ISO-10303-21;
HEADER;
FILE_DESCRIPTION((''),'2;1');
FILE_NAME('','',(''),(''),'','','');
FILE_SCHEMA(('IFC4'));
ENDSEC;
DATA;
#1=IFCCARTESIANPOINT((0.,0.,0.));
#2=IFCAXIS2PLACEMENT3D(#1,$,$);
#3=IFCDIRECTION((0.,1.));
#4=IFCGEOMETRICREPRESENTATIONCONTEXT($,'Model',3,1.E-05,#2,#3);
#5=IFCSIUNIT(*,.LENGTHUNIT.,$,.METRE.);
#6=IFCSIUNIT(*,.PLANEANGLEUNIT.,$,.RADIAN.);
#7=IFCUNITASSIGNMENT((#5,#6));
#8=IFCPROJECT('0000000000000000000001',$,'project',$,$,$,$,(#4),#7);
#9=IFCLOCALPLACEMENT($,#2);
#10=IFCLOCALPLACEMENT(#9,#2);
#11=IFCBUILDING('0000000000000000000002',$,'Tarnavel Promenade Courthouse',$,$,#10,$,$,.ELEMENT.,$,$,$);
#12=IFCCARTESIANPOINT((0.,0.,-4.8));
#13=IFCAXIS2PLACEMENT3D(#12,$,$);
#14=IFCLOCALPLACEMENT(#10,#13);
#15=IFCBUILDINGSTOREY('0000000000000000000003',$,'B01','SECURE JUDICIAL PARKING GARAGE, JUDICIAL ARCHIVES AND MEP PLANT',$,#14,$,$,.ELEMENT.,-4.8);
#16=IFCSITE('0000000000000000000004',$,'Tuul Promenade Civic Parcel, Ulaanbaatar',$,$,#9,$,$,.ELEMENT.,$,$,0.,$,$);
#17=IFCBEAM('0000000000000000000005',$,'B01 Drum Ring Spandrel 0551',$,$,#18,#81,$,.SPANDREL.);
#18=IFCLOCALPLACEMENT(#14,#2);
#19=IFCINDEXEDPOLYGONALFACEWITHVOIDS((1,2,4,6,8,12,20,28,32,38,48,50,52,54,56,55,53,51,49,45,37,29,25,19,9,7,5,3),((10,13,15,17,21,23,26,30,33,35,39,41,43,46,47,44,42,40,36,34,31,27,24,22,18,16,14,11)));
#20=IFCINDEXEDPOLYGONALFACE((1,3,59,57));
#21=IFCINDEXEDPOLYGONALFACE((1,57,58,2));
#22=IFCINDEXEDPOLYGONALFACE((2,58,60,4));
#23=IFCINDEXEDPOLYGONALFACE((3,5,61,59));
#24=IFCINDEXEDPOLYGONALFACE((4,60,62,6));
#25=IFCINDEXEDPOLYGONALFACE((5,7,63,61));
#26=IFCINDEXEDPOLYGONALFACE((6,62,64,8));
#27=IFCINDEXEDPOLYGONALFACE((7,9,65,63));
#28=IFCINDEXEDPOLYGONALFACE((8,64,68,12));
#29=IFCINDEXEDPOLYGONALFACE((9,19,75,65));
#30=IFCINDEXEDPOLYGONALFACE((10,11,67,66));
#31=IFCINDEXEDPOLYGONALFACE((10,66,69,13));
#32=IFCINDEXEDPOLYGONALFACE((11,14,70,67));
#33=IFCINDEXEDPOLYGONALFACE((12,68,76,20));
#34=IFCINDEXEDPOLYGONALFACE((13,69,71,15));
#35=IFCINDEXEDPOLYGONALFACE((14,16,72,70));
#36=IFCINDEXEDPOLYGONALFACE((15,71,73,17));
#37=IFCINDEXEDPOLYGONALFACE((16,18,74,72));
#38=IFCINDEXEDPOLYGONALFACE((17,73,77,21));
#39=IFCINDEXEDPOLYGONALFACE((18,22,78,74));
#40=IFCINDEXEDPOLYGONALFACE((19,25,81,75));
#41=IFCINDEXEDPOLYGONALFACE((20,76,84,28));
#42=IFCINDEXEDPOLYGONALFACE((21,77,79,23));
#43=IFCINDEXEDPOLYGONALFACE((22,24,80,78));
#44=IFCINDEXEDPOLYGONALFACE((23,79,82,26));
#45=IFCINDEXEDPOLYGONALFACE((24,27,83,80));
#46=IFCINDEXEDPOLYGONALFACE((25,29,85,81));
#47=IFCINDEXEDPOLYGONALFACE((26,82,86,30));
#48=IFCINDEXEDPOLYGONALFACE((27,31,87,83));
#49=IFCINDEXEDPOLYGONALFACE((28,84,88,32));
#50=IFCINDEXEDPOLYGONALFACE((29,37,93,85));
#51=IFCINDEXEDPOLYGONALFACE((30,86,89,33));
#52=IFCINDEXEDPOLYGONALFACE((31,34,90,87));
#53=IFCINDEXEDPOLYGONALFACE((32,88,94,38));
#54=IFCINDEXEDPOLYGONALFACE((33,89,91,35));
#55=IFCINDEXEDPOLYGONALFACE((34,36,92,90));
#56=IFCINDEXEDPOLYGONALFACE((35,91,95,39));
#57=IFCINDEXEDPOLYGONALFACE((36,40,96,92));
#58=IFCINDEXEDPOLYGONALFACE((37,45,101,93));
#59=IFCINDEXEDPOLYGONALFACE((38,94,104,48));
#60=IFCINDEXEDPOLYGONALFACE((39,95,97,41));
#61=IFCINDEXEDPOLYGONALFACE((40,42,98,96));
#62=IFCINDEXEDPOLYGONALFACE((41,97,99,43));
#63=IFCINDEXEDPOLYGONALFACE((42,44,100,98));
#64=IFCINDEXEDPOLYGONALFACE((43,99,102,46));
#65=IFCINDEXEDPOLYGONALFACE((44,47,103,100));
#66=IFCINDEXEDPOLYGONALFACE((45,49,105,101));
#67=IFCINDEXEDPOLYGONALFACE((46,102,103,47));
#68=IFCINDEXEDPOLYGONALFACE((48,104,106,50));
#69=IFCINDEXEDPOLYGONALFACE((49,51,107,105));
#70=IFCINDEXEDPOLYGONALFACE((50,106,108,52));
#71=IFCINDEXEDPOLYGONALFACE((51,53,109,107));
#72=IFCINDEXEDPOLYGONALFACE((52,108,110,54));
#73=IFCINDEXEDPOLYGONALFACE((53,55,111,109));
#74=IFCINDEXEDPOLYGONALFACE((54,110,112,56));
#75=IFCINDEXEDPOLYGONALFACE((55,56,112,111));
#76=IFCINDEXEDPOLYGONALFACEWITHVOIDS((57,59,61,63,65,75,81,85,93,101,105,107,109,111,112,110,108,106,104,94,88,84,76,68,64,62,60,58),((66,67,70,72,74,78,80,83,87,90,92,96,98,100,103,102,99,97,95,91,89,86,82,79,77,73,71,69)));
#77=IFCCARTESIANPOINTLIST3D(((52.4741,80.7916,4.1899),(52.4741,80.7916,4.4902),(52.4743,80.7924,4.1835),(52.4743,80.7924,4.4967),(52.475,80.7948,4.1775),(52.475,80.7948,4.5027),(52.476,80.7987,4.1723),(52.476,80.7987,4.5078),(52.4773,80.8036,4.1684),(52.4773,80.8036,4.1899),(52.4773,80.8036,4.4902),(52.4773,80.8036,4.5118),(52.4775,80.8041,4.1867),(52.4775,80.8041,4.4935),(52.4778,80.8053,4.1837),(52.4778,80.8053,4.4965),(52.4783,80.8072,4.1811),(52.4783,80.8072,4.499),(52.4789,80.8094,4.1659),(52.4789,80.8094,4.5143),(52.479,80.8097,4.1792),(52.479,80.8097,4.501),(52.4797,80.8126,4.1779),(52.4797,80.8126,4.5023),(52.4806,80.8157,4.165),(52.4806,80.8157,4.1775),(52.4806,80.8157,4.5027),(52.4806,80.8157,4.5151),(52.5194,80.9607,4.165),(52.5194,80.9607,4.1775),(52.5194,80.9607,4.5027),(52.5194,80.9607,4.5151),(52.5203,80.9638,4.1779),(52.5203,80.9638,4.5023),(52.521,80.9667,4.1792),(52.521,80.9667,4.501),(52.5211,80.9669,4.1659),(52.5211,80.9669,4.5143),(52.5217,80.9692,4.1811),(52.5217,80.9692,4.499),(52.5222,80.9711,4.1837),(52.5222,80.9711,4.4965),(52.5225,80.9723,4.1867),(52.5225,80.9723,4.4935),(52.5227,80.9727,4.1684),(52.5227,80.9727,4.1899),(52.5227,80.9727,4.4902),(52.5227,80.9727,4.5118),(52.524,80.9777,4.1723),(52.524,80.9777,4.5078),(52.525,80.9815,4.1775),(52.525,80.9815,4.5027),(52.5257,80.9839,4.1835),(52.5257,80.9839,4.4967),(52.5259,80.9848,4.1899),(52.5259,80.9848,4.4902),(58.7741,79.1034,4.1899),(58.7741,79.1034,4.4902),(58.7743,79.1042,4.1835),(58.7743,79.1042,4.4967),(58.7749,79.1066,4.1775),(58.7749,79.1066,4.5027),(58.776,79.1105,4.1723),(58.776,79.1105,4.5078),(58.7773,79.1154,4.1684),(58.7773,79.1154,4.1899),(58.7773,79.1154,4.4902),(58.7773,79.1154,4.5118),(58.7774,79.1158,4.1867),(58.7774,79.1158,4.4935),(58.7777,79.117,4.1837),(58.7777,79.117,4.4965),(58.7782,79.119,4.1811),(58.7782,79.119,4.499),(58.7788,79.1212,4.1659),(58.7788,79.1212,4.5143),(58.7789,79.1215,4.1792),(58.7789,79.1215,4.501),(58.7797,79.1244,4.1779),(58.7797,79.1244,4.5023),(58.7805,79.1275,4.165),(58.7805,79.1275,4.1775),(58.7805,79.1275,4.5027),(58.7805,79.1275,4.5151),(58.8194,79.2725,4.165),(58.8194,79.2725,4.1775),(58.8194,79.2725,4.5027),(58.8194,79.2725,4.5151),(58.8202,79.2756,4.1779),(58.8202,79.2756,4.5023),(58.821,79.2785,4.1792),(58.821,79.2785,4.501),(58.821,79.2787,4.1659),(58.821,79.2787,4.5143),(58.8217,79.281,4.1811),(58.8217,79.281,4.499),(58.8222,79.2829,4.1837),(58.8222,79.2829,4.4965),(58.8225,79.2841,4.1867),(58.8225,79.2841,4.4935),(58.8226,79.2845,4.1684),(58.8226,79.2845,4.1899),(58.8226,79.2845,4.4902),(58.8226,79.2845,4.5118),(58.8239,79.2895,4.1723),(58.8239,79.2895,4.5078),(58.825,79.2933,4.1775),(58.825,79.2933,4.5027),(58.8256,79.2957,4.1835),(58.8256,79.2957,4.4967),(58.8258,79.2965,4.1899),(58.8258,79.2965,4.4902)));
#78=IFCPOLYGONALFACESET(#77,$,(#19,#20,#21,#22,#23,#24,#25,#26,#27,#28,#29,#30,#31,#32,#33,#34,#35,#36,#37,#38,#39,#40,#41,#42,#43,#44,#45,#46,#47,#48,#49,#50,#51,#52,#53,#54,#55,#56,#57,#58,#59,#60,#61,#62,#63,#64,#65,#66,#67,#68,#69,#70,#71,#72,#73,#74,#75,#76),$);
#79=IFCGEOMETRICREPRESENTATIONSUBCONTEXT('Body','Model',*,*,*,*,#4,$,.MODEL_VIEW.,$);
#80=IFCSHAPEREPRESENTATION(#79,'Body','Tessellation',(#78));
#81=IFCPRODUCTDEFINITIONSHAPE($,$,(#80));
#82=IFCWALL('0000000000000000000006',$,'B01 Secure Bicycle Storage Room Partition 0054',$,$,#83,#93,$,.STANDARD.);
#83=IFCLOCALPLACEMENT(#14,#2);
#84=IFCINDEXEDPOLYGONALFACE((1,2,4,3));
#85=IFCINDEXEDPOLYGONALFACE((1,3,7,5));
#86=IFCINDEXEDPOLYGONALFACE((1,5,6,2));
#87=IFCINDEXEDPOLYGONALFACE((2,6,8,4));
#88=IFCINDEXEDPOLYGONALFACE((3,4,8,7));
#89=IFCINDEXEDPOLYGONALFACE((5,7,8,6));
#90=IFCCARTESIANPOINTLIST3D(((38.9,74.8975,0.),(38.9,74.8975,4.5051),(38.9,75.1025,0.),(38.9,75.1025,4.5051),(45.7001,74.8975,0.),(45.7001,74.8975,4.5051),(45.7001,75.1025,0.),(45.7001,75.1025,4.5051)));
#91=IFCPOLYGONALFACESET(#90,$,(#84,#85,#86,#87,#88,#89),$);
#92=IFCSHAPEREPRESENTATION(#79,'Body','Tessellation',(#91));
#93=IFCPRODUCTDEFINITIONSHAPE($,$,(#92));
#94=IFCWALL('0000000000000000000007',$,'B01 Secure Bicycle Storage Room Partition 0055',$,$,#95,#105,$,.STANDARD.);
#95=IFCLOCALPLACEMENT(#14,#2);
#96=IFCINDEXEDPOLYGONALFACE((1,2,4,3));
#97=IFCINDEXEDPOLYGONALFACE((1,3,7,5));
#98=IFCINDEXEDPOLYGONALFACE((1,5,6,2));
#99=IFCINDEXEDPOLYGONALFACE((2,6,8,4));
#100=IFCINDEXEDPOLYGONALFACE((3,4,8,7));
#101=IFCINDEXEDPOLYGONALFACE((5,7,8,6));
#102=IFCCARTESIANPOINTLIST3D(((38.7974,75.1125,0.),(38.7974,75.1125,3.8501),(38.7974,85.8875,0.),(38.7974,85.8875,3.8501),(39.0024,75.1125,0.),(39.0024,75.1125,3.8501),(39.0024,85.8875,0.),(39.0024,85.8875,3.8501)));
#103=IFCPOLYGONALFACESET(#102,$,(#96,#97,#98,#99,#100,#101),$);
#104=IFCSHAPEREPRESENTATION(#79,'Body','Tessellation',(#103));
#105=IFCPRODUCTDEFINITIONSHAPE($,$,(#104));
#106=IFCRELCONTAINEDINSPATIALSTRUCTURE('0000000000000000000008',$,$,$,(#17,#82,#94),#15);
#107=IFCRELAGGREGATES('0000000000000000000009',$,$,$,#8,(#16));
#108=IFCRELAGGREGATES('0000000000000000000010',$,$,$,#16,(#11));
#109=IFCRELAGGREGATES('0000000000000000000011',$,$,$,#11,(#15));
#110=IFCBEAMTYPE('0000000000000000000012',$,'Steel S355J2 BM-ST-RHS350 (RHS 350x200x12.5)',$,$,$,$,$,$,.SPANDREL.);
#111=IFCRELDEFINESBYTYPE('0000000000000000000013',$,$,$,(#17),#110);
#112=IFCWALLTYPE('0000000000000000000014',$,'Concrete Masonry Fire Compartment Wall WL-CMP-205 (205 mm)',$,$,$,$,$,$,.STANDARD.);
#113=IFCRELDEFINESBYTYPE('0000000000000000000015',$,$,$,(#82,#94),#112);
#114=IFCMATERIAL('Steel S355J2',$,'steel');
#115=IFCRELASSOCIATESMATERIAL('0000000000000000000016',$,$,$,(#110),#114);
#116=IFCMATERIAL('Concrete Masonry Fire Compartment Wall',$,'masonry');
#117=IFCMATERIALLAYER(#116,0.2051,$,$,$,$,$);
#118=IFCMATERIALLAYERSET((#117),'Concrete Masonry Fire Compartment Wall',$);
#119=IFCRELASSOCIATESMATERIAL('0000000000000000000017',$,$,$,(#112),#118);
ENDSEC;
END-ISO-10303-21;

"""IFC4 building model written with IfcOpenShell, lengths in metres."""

from ifc_helpers import new_model, si_unit, direction, frame, frame_2d, origin, origin_2d, place, context, subcontext, project, spatial, rectangle, hollow_rectangle, extrude, material, layer, layer_set, material_profile, profile_set, type_object, element, save


model = new_model("IFC4")

# Units and contexts
model_context = context("Model", 3, precision=1e-05, world=origin(), true_north=direction((0.0, 1.0)))
body_context = subcontext(model_context, "Body", "Model", "MODEL_VIEW")
ifc_project = project(units=[si_unit("LENGTHUNIT", "METRE"), si_unit("PLANEANGLEUNIT", "RADIAN")], contexts=[model_context])

# Site, building, storey
site_placement = place(None, origin())
site = spatial("IfcSite", under=ifc_project, at=site_placement, Name="Tuul Promenade Civic Parcel, Ulaanbaatar", CompositionType="ELEMENT", RefElevation=0.0)
building_placement = place(site_placement, origin())
building = spatial("IfcBuilding", under=site, at=building_placement, Name="Tarnavel Promenade Courthouse", CompositionType="ELEMENT")
storey_placement = place(building_placement, frame((0.0, 0.0, -4.8)))
storey = spatial("IfcBuildingStorey", under=building, at=storey_placement, Name="B01", Description="SECURE JUDICIAL PARKING GARAGE, JUDICIAL ARCHIVES AND MEP PLANT", CompositionType="ELEMENT", Elevation=-4.8)

# Beam
ifc_material_1 = material(Name="Steel S355J2", Category="steel")
ifc_material_profile_1 = material_profile(ifc_material_1, hollow_rectangle(XDim=0.2, YDim=0.3501, WallThickness=0.0125, InnerFilletRadius=0.0125, OuterFilletRadius=0.0249, at=origin_2d()), Name="RHS 350x200x12.5")
ifc_profile_set_1 = profile_set([ifc_material_profile_1], Name="Steel S355J2")
beam_type_1 = type_object("IfcBeamType", Name="Steel S355J2 BM-ST-RHS350 (RHS 350x200x12.5)", PredefinedType="SPANDREL", material=ifc_profile_set_1)
beam_1_placement = place(storey_placement, frame((52.5, 80.8882, 4.3401), z_axis=(0.96592, -0.258839, 0.0), x_axis=(0.258839, 0.96592, 0.0)))
element("IfcBeam", 1, at=beam_1_placement, inside=storey, type_object=beam_type_1, Name="B01 Drum Ring Spandrel 0551", PredefinedType="SPANDREL", context=body_context, shape_type="SweptSolid", body=[
    extrude(hollow_rectangle(XDim=0.2, YDim=0.3501, WallThickness=0.0125, InnerFilletRadius=0.0125, OuterFilletRadius=0.0249, at=origin_2d()), origin(), (0.0, 0.0, 1.0), 6.5222),
])

# Walls
ifc_material_2 = material(Name="Concrete Masonry Fire Compartment Wall", Category="masonry")
ifc_layer = layer(ifc_material_2, 0.2051)
ifc_layer_set = layer_set([ifc_layer], Name="Concrete Masonry Fire Compartment Wall")
wall_type = type_object("IfcWallType", Name="Concrete Masonry Fire Compartment Wall WL-CMP-205 (205 mm)", PredefinedType="STANDARD", material=ifc_layer_set)
wall_1_placement = place(storey_placement, frame((45.7, 75.0, 0.0), z_axis=(0.0, 0.0, 1.0), x_axis=(-1.0, 0.0, 0.0)))
element("IfcWall", 2, at=wall_1_placement, inside=storey, type_object=wall_type, Name="B01 Secure Bicycle Storage Room Partition 0054", PredefinedType="STANDARD", context=body_context, shape_type="SweptSolid", body=[
    extrude(rectangle(XDim=6.8, YDim=0.2051, at=frame_2d((3.3999, 0.0))), origin(), (0.0, 0.0, 1.0), 4.5051),
])
wall_2_placement = place(storey_placement, frame((38.8999, 75.1125, 0.0), z_axis=(0.0, 0.0, 1.0), x_axis=(0.0, 1.0, 0.0)))
element("IfcWall", 3, at=wall_2_placement, inside=storey, type_object=wall_type, Name="B01 Secure Bicycle Storage Room Partition 0055", PredefinedType="STANDARD", context=body_context, shape_type="SweptSolid", body=[
    extrude(rectangle(XDim=10.7749, YDim=0.2051, at=frame_2d((5.3875, 0.0))), origin(), (0.0, 0.0, 1.0), 3.8501),
])

save(model, "model.ifc")
